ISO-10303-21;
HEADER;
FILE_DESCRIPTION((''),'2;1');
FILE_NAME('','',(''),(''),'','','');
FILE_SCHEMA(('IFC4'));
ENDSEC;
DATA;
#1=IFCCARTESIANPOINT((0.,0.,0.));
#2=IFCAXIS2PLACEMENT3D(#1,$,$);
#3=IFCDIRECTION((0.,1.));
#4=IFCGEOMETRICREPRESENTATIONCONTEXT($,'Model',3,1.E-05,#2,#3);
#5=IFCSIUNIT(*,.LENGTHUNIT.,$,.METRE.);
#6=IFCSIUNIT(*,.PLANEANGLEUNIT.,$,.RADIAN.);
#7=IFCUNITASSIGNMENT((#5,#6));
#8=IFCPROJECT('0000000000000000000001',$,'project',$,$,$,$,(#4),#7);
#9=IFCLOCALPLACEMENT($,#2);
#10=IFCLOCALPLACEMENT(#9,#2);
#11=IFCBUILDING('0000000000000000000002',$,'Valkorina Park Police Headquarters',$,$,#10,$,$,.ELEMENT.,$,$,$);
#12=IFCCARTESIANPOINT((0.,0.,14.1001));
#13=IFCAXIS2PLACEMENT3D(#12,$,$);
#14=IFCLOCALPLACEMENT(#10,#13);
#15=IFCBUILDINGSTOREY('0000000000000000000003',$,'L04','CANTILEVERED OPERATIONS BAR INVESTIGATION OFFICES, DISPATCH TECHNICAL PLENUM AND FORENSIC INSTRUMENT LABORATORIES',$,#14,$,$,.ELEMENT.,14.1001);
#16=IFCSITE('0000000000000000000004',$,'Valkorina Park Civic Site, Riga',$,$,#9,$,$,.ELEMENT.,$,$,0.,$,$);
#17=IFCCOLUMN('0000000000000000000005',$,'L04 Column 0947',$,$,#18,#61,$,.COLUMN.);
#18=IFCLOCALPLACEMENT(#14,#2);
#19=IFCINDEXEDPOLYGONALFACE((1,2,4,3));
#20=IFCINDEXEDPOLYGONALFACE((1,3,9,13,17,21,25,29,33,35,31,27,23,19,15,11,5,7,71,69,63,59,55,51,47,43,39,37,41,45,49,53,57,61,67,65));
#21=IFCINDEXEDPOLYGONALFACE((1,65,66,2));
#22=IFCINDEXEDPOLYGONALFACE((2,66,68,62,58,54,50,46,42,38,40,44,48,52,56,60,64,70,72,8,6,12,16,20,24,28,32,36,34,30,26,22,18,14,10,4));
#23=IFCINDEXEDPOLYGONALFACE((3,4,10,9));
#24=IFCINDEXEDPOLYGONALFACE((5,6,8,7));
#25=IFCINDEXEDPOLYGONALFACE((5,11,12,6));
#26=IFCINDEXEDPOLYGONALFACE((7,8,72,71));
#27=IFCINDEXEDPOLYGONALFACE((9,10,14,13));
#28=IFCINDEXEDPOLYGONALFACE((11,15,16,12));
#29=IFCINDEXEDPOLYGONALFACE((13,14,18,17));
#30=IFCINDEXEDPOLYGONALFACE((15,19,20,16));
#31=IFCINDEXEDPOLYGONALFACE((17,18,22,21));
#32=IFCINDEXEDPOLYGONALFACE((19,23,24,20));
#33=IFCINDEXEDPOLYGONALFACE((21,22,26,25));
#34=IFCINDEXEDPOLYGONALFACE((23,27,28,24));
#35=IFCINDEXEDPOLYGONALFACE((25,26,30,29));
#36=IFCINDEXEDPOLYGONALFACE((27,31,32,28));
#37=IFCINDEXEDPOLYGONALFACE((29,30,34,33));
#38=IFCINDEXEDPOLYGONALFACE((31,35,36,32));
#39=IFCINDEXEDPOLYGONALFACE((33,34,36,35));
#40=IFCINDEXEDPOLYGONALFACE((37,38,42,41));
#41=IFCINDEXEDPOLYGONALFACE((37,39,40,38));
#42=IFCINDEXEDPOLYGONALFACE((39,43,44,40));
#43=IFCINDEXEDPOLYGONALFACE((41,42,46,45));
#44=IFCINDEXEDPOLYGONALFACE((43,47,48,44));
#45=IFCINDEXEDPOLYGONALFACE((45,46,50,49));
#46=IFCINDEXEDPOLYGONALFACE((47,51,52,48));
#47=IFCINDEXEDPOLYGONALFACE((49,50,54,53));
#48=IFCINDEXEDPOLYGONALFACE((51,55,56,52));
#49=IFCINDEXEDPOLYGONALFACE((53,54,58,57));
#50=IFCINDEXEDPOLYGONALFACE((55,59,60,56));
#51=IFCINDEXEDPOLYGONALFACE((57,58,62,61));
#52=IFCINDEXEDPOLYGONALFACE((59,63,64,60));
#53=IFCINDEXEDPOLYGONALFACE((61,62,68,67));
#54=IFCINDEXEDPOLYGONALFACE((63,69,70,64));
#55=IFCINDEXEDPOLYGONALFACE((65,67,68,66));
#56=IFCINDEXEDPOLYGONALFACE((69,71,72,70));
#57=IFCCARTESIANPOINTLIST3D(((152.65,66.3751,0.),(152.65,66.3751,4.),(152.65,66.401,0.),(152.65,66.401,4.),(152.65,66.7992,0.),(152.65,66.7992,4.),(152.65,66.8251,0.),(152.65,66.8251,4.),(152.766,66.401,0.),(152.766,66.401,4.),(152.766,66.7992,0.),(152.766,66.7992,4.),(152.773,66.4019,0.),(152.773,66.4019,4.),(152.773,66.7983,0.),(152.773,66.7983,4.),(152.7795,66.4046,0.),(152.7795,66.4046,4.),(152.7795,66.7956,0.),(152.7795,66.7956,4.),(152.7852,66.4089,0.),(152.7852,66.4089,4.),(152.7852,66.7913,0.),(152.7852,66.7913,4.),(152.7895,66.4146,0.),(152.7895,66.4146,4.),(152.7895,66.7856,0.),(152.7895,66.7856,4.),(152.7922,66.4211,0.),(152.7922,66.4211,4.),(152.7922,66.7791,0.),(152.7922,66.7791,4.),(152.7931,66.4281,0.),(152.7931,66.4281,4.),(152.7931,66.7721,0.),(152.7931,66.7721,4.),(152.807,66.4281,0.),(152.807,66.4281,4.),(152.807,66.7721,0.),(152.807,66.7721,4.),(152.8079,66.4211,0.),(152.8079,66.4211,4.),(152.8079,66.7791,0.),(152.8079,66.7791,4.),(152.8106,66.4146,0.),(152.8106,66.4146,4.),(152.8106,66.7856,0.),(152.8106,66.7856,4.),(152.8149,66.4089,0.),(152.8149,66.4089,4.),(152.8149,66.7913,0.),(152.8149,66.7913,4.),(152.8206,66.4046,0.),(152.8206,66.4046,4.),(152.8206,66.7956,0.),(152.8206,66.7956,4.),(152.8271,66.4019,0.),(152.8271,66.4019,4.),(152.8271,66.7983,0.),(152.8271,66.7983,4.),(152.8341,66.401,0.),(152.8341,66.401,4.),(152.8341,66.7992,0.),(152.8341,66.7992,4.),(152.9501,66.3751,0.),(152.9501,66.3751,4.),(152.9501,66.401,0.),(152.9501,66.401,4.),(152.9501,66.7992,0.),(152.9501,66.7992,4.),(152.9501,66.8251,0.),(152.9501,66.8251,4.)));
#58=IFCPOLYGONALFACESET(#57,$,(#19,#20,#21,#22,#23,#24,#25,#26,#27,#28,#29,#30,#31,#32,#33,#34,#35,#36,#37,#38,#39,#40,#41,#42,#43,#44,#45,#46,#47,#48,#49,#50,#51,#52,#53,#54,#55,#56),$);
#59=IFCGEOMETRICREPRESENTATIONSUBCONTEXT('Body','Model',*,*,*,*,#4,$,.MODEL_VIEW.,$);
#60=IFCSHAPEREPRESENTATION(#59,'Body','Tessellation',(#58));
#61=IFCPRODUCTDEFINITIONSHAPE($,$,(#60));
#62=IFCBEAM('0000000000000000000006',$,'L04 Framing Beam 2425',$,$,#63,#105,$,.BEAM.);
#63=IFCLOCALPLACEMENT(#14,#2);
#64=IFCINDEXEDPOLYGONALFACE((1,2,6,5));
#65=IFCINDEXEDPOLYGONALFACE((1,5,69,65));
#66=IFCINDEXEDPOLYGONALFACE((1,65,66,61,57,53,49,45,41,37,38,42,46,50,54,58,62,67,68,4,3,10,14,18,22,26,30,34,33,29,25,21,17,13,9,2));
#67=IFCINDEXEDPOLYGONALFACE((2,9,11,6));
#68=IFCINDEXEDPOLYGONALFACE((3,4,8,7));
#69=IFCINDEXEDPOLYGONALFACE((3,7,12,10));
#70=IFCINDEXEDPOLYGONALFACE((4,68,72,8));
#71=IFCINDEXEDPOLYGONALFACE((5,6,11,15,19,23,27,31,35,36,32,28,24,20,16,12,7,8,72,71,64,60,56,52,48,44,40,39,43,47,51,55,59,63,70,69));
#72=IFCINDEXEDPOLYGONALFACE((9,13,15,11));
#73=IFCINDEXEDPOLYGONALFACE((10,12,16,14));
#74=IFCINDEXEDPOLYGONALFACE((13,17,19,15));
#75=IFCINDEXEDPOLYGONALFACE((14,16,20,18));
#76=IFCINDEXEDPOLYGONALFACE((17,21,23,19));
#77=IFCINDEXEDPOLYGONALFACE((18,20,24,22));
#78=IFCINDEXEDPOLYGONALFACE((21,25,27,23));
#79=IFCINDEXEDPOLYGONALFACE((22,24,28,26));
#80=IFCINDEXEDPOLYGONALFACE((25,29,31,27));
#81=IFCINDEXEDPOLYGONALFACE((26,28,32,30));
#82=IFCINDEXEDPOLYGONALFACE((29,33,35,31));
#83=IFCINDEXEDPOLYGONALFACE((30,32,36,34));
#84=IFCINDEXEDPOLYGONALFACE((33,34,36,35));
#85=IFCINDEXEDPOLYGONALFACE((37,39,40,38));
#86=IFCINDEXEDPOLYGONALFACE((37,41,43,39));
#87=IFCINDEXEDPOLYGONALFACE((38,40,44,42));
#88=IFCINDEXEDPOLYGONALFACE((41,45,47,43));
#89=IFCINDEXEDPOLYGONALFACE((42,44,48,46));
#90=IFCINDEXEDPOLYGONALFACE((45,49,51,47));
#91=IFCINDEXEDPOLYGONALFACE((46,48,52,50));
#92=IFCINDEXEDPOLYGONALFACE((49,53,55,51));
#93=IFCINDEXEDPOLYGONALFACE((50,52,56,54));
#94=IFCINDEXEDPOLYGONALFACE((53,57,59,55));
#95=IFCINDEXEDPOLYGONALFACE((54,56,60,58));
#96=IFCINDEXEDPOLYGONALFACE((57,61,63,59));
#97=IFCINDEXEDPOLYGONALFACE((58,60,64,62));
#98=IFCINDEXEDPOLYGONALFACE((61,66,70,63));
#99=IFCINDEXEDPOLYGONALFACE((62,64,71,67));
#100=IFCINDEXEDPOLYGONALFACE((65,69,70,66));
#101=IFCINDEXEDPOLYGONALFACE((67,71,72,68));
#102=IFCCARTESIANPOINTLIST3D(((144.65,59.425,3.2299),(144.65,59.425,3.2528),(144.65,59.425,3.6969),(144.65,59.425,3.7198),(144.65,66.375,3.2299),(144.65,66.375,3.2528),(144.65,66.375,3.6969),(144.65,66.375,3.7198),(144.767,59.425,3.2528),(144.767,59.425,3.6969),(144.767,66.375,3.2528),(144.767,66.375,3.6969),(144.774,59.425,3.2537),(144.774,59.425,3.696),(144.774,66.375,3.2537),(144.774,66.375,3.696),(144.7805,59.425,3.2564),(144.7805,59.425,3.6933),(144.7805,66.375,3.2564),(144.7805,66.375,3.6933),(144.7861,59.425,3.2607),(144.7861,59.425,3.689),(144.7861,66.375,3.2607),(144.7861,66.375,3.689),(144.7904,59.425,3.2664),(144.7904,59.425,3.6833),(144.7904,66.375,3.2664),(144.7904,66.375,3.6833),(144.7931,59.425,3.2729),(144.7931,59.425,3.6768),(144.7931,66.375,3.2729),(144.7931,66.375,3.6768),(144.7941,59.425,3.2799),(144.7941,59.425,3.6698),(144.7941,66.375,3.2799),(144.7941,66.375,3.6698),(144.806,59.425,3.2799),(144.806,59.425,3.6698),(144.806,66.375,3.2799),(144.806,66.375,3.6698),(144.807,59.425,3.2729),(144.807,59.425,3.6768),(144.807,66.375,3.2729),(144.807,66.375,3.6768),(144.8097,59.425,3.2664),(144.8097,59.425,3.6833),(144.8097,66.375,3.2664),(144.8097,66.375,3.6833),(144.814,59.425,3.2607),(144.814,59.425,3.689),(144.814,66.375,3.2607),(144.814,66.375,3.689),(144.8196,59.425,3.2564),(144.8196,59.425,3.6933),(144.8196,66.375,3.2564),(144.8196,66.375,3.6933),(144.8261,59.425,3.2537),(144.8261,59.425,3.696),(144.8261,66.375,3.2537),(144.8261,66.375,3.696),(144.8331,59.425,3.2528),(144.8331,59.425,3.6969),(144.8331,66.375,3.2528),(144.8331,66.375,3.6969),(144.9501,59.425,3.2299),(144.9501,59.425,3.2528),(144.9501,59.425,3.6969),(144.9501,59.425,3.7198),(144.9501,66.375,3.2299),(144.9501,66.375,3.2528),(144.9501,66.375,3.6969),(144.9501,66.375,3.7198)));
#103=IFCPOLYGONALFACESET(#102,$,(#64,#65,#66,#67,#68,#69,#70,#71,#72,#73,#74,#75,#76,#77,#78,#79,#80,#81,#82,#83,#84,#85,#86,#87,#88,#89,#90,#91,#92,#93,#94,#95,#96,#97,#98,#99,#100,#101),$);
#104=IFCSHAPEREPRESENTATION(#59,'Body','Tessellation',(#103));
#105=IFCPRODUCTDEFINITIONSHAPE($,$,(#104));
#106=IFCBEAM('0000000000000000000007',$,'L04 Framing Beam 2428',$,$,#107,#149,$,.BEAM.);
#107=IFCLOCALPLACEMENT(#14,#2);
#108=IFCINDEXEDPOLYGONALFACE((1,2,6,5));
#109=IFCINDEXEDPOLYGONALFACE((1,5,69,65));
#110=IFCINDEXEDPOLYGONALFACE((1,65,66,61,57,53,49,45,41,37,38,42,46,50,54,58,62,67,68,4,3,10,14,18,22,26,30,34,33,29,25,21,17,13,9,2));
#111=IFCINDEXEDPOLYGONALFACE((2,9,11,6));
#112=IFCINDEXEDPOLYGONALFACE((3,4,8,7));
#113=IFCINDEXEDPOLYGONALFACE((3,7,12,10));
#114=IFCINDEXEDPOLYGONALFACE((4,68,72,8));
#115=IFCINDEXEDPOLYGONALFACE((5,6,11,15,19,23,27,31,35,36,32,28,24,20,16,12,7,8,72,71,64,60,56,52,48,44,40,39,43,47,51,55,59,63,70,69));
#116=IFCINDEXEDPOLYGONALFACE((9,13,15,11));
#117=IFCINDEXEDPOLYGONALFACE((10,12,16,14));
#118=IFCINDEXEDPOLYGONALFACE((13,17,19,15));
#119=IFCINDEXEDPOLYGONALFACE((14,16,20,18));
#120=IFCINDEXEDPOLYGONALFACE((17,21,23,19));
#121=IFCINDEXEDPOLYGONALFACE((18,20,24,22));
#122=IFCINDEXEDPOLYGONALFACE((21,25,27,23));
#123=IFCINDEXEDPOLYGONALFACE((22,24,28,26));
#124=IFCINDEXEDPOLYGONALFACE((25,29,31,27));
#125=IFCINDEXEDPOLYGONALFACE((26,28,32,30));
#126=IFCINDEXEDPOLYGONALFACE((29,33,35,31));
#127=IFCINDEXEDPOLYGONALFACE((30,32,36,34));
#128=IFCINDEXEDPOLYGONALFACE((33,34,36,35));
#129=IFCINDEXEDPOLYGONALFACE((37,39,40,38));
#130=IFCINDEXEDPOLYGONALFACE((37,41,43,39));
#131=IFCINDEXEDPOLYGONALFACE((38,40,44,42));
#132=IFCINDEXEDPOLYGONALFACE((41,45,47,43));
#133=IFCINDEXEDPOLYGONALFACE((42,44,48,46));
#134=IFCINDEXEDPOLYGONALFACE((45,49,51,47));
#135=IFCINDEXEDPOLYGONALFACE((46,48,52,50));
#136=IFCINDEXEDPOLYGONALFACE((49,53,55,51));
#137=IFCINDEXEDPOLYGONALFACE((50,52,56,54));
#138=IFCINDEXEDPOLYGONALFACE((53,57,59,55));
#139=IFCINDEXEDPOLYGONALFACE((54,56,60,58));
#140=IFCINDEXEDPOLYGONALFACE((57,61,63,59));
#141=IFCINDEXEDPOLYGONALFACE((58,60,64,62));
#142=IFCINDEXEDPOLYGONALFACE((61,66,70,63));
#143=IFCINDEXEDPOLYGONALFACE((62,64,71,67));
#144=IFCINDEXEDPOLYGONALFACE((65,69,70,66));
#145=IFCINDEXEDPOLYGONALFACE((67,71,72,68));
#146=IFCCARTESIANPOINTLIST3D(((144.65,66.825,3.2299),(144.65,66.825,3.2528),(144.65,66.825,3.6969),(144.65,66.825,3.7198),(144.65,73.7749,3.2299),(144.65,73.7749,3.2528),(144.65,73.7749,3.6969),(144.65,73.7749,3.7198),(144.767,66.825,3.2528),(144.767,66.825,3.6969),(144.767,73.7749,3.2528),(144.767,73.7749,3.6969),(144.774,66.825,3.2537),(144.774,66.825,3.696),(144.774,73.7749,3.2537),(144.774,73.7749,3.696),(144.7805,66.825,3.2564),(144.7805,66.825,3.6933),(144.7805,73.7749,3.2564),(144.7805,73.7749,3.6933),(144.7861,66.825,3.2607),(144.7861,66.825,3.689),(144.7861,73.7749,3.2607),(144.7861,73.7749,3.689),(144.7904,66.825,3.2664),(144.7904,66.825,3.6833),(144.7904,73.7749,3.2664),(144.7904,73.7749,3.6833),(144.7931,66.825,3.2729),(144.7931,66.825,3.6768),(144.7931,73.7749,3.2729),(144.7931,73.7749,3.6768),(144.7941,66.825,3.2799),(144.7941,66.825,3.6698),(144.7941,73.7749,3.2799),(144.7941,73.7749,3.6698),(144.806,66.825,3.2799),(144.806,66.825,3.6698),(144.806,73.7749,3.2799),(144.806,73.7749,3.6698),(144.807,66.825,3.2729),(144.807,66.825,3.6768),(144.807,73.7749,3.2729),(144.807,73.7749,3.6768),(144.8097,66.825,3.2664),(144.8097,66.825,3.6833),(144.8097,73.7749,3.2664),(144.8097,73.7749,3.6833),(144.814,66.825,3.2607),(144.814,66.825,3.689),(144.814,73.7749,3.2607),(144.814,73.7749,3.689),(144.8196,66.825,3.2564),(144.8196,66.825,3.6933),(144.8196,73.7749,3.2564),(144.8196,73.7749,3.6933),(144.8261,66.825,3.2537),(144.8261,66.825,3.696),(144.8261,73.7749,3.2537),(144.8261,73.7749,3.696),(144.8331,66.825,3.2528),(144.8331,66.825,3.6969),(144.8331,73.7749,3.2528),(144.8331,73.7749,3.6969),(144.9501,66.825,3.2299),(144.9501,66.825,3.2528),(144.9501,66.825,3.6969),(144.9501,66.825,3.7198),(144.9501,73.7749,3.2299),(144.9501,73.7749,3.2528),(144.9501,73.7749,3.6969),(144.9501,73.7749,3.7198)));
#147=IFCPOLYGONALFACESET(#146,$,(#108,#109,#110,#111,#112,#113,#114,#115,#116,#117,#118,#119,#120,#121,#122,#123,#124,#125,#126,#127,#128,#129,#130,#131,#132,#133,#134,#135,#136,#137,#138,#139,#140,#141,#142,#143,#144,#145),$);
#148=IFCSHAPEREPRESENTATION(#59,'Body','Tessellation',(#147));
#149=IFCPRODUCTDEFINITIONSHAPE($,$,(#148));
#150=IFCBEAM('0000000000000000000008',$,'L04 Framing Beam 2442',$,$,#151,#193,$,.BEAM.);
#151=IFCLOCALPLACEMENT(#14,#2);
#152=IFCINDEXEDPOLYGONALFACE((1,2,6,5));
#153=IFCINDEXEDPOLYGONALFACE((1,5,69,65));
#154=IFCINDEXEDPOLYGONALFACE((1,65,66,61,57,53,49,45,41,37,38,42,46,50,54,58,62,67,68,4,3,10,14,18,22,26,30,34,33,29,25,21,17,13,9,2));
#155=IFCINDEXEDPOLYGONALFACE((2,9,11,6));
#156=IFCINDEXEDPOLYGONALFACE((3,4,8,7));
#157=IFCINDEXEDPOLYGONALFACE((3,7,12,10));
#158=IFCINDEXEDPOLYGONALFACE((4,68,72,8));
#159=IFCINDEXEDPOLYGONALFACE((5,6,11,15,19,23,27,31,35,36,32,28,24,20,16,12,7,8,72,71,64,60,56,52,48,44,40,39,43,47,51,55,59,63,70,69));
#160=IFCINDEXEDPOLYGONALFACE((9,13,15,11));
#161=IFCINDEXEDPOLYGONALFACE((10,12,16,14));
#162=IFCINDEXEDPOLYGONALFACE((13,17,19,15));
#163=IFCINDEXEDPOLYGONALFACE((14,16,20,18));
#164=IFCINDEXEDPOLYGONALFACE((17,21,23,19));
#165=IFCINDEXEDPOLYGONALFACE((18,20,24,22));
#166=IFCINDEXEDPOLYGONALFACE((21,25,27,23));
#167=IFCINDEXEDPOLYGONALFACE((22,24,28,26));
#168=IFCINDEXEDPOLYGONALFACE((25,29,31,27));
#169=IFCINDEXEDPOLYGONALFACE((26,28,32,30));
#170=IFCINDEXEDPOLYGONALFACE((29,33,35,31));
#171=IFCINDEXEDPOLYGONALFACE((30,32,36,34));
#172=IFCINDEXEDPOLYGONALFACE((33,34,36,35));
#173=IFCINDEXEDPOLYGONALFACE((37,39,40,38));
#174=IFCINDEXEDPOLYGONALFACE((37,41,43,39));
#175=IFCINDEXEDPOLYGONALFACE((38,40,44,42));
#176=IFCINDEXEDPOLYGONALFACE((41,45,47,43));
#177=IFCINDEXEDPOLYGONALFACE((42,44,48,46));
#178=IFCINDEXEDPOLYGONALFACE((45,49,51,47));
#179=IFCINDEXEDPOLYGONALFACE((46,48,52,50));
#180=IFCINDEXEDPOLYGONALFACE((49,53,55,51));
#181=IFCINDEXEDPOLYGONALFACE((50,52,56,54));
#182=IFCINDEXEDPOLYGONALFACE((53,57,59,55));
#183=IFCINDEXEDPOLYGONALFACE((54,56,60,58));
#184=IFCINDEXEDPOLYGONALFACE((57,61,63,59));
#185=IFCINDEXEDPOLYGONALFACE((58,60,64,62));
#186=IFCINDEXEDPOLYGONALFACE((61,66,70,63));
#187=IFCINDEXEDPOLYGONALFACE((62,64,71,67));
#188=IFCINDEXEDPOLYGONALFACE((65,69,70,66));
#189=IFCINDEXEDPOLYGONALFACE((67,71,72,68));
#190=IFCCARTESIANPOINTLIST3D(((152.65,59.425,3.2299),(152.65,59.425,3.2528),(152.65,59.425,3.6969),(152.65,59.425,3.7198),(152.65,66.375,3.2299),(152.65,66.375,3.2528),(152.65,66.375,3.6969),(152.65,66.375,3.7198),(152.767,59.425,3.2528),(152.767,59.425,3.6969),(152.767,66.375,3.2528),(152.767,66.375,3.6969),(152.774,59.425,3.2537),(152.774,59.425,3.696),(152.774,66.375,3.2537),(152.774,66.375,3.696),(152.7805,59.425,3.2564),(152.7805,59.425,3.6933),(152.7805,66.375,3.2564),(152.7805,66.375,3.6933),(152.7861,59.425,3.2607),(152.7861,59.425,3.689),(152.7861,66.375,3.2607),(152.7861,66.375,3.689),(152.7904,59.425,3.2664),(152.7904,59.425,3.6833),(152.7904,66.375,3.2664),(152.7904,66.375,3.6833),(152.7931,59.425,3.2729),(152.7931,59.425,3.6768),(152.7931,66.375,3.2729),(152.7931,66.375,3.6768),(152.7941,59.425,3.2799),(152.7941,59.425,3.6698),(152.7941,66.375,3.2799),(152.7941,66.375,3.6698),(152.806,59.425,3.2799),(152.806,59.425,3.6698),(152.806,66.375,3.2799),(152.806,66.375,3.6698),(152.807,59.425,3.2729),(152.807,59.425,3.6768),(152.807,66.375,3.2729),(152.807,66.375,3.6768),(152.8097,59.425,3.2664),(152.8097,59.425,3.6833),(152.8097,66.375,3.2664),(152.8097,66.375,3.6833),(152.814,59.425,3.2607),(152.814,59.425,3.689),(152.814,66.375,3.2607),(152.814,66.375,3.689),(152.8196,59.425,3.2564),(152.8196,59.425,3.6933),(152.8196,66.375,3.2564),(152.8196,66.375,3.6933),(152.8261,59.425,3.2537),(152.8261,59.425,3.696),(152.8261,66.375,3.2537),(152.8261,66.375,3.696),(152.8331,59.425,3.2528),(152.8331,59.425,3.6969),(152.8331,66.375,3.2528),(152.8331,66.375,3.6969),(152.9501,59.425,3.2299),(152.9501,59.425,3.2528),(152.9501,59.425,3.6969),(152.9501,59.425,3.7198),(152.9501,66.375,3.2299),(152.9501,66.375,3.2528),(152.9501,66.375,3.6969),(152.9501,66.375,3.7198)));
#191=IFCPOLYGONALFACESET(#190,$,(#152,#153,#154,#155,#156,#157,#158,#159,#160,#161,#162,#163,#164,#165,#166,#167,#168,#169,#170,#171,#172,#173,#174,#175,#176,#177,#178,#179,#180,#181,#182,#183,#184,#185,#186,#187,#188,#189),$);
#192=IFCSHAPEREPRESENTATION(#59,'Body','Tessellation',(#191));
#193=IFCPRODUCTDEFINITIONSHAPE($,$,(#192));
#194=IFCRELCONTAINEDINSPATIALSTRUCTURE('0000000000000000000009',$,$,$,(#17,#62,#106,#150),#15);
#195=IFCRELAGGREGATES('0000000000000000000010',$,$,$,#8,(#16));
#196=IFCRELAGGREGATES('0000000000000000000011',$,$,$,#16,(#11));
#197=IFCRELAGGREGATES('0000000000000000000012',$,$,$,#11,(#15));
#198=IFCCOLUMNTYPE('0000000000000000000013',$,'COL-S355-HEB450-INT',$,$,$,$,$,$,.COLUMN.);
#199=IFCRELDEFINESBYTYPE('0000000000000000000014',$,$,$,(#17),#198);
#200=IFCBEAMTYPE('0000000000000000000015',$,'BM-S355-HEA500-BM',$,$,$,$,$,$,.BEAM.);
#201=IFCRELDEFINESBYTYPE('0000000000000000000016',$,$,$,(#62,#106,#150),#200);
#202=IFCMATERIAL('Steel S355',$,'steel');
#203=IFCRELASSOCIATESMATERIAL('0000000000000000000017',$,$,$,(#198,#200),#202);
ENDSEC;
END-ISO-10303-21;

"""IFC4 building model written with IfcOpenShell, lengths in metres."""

from ifc_helpers import new_model, si_unit, direction, frame, origin, origin_2d, place, context, subcontext, project, spatial, i_section, extrude, material, material_profile, profile_set, type_object, element, save


model = new_model("IFC4")

# Units and contexts
model_context = context("Model", 3, precision=1e-05, world=origin(), true_north=direction((0.0, 1.0)))
body_context = subcontext(model_context, "Body", "Model", "MODEL_VIEW")
ifc_project = project(units=[si_unit("LENGTHUNIT", "METRE"), si_unit("PLANEANGLEUNIT", "RADIAN")], contexts=[model_context])

# Site, building, storey
site_placement = place(None, origin())
site = spatial("IfcSite", under=ifc_project, at=site_placement, Name="Valkorina Park Civic Site, Riga", CompositionType="ELEMENT", RefElevation=0.0)
building_placement = place(site_placement, origin())
building = spatial("IfcBuilding", under=site, at=building_placement, Name="Valkorina Park Police Headquarters", CompositionType="ELEMENT")
storey_placement = place(building_placement, frame((0.0, 0.0, 14.1001)))
storey = spatial("IfcBuildingStorey", under=building, at=storey_placement, Name="L04", Description="CANTILEVERED OPERATIONS BAR INVESTIGATION OFFICES, DISPATCH TECHNICAL PLENUM AND FORENSIC INSTRUMENT LABORATORIES", CompositionType="ELEMENT", Elevation=14.1001)

# Column
ifc_material = material(Name="Steel S355", Category="steel")
ifc_material_profile_1 = material_profile(ifc_material, i_section(OverallWidth=0.3, OverallDepth=0.45, WebThickness=0.0139, FlangeThickness=0.0259, FilletRadius=0.0271, at=origin_2d()), Name="HEB 450")
ifc_profile_set_1 = profile_set([ifc_material_profile_1], Name="Steel S355")
column_type = type_object("IfcColumnType", Name="COL-S355-HEB450-INT", PredefinedType="COLUMN", material=ifc_profile_set_1)
for number, where, z_axis, x_axis, name in (
    (1, (152.8, 66.6001, 0.0), (0.0, 0.0, 1.0), (1.0, 0.0, 0.0), "L04 Column 0947"),
):
    element("IfcColumn", number, at=place(storey_placement, frame(where, z_axis=z_axis, x_axis=x_axis)), inside=storey, type_object=column_type, Name=name, PredefinedType="COLUMN", context=body_context, shape_type="SweptSolid", body=[
        extrude(i_section(OverallWidth=0.3, OverallDepth=0.45, WebThickness=0.0139, FlangeThickness=0.0259, FilletRadius=0.0271, at=origin_2d()), origin(), (0.0, 0.0, 1.0), 4.0),
    ])

# Beams
ifc_material_profile_2 = material_profile(ifc_material, i_section(OverallWidth=0.3, OverallDepth=0.49, WebThickness=0.012, FlangeThickness=0.0229, FilletRadius=0.0271, at=origin_2d()), Name="HEA 500")
ifc_profile_set_2 = profile_set([ifc_material_profile_2], Name="Steel S355")
beam_type_1 = type_object("IfcBeamType", Name="BM-S355-HEA500-BM", PredefinedType="BEAM", material=ifc_profile_set_2)
for number, where, z_axis, x_axis, name in (
    (2, (144.8, 59.425, 3.4749), (0.0, 1.0, 0.0), (-1.0, 0.0, 0.0), "L04 Framing Beam 2425"),
    (3, (144.8, 66.825, 3.4749), (0.0, 1.0, 0.0), (-1.0, 0.0, 0.0), "L04 Framing Beam 2428"),
    (4, (152.8, 59.425, 3.4749), (0.0, 1.0, 0.0), (-1.0, 0.0, 0.0), "L04 Framing Beam 2442"),
):
    element("IfcBeam", number, at=place(storey_placement, frame(where, z_axis=z_axis, x_axis=x_axis)), inside=storey, type_object=beam_type_1, Name=name, PredefinedType="BEAM", context=body_context, shape_type="SweptSolid", body=[
        extrude(i_section(OverallWidth=0.3, OverallDepth=0.49, WebThickness=0.012, FlangeThickness=0.0229, FilletRadius=0.0271, at=origin_2d()), origin(), (0.0, 0.0, 1.0), 6.95),
    ])

save(model, "model.ifc")
